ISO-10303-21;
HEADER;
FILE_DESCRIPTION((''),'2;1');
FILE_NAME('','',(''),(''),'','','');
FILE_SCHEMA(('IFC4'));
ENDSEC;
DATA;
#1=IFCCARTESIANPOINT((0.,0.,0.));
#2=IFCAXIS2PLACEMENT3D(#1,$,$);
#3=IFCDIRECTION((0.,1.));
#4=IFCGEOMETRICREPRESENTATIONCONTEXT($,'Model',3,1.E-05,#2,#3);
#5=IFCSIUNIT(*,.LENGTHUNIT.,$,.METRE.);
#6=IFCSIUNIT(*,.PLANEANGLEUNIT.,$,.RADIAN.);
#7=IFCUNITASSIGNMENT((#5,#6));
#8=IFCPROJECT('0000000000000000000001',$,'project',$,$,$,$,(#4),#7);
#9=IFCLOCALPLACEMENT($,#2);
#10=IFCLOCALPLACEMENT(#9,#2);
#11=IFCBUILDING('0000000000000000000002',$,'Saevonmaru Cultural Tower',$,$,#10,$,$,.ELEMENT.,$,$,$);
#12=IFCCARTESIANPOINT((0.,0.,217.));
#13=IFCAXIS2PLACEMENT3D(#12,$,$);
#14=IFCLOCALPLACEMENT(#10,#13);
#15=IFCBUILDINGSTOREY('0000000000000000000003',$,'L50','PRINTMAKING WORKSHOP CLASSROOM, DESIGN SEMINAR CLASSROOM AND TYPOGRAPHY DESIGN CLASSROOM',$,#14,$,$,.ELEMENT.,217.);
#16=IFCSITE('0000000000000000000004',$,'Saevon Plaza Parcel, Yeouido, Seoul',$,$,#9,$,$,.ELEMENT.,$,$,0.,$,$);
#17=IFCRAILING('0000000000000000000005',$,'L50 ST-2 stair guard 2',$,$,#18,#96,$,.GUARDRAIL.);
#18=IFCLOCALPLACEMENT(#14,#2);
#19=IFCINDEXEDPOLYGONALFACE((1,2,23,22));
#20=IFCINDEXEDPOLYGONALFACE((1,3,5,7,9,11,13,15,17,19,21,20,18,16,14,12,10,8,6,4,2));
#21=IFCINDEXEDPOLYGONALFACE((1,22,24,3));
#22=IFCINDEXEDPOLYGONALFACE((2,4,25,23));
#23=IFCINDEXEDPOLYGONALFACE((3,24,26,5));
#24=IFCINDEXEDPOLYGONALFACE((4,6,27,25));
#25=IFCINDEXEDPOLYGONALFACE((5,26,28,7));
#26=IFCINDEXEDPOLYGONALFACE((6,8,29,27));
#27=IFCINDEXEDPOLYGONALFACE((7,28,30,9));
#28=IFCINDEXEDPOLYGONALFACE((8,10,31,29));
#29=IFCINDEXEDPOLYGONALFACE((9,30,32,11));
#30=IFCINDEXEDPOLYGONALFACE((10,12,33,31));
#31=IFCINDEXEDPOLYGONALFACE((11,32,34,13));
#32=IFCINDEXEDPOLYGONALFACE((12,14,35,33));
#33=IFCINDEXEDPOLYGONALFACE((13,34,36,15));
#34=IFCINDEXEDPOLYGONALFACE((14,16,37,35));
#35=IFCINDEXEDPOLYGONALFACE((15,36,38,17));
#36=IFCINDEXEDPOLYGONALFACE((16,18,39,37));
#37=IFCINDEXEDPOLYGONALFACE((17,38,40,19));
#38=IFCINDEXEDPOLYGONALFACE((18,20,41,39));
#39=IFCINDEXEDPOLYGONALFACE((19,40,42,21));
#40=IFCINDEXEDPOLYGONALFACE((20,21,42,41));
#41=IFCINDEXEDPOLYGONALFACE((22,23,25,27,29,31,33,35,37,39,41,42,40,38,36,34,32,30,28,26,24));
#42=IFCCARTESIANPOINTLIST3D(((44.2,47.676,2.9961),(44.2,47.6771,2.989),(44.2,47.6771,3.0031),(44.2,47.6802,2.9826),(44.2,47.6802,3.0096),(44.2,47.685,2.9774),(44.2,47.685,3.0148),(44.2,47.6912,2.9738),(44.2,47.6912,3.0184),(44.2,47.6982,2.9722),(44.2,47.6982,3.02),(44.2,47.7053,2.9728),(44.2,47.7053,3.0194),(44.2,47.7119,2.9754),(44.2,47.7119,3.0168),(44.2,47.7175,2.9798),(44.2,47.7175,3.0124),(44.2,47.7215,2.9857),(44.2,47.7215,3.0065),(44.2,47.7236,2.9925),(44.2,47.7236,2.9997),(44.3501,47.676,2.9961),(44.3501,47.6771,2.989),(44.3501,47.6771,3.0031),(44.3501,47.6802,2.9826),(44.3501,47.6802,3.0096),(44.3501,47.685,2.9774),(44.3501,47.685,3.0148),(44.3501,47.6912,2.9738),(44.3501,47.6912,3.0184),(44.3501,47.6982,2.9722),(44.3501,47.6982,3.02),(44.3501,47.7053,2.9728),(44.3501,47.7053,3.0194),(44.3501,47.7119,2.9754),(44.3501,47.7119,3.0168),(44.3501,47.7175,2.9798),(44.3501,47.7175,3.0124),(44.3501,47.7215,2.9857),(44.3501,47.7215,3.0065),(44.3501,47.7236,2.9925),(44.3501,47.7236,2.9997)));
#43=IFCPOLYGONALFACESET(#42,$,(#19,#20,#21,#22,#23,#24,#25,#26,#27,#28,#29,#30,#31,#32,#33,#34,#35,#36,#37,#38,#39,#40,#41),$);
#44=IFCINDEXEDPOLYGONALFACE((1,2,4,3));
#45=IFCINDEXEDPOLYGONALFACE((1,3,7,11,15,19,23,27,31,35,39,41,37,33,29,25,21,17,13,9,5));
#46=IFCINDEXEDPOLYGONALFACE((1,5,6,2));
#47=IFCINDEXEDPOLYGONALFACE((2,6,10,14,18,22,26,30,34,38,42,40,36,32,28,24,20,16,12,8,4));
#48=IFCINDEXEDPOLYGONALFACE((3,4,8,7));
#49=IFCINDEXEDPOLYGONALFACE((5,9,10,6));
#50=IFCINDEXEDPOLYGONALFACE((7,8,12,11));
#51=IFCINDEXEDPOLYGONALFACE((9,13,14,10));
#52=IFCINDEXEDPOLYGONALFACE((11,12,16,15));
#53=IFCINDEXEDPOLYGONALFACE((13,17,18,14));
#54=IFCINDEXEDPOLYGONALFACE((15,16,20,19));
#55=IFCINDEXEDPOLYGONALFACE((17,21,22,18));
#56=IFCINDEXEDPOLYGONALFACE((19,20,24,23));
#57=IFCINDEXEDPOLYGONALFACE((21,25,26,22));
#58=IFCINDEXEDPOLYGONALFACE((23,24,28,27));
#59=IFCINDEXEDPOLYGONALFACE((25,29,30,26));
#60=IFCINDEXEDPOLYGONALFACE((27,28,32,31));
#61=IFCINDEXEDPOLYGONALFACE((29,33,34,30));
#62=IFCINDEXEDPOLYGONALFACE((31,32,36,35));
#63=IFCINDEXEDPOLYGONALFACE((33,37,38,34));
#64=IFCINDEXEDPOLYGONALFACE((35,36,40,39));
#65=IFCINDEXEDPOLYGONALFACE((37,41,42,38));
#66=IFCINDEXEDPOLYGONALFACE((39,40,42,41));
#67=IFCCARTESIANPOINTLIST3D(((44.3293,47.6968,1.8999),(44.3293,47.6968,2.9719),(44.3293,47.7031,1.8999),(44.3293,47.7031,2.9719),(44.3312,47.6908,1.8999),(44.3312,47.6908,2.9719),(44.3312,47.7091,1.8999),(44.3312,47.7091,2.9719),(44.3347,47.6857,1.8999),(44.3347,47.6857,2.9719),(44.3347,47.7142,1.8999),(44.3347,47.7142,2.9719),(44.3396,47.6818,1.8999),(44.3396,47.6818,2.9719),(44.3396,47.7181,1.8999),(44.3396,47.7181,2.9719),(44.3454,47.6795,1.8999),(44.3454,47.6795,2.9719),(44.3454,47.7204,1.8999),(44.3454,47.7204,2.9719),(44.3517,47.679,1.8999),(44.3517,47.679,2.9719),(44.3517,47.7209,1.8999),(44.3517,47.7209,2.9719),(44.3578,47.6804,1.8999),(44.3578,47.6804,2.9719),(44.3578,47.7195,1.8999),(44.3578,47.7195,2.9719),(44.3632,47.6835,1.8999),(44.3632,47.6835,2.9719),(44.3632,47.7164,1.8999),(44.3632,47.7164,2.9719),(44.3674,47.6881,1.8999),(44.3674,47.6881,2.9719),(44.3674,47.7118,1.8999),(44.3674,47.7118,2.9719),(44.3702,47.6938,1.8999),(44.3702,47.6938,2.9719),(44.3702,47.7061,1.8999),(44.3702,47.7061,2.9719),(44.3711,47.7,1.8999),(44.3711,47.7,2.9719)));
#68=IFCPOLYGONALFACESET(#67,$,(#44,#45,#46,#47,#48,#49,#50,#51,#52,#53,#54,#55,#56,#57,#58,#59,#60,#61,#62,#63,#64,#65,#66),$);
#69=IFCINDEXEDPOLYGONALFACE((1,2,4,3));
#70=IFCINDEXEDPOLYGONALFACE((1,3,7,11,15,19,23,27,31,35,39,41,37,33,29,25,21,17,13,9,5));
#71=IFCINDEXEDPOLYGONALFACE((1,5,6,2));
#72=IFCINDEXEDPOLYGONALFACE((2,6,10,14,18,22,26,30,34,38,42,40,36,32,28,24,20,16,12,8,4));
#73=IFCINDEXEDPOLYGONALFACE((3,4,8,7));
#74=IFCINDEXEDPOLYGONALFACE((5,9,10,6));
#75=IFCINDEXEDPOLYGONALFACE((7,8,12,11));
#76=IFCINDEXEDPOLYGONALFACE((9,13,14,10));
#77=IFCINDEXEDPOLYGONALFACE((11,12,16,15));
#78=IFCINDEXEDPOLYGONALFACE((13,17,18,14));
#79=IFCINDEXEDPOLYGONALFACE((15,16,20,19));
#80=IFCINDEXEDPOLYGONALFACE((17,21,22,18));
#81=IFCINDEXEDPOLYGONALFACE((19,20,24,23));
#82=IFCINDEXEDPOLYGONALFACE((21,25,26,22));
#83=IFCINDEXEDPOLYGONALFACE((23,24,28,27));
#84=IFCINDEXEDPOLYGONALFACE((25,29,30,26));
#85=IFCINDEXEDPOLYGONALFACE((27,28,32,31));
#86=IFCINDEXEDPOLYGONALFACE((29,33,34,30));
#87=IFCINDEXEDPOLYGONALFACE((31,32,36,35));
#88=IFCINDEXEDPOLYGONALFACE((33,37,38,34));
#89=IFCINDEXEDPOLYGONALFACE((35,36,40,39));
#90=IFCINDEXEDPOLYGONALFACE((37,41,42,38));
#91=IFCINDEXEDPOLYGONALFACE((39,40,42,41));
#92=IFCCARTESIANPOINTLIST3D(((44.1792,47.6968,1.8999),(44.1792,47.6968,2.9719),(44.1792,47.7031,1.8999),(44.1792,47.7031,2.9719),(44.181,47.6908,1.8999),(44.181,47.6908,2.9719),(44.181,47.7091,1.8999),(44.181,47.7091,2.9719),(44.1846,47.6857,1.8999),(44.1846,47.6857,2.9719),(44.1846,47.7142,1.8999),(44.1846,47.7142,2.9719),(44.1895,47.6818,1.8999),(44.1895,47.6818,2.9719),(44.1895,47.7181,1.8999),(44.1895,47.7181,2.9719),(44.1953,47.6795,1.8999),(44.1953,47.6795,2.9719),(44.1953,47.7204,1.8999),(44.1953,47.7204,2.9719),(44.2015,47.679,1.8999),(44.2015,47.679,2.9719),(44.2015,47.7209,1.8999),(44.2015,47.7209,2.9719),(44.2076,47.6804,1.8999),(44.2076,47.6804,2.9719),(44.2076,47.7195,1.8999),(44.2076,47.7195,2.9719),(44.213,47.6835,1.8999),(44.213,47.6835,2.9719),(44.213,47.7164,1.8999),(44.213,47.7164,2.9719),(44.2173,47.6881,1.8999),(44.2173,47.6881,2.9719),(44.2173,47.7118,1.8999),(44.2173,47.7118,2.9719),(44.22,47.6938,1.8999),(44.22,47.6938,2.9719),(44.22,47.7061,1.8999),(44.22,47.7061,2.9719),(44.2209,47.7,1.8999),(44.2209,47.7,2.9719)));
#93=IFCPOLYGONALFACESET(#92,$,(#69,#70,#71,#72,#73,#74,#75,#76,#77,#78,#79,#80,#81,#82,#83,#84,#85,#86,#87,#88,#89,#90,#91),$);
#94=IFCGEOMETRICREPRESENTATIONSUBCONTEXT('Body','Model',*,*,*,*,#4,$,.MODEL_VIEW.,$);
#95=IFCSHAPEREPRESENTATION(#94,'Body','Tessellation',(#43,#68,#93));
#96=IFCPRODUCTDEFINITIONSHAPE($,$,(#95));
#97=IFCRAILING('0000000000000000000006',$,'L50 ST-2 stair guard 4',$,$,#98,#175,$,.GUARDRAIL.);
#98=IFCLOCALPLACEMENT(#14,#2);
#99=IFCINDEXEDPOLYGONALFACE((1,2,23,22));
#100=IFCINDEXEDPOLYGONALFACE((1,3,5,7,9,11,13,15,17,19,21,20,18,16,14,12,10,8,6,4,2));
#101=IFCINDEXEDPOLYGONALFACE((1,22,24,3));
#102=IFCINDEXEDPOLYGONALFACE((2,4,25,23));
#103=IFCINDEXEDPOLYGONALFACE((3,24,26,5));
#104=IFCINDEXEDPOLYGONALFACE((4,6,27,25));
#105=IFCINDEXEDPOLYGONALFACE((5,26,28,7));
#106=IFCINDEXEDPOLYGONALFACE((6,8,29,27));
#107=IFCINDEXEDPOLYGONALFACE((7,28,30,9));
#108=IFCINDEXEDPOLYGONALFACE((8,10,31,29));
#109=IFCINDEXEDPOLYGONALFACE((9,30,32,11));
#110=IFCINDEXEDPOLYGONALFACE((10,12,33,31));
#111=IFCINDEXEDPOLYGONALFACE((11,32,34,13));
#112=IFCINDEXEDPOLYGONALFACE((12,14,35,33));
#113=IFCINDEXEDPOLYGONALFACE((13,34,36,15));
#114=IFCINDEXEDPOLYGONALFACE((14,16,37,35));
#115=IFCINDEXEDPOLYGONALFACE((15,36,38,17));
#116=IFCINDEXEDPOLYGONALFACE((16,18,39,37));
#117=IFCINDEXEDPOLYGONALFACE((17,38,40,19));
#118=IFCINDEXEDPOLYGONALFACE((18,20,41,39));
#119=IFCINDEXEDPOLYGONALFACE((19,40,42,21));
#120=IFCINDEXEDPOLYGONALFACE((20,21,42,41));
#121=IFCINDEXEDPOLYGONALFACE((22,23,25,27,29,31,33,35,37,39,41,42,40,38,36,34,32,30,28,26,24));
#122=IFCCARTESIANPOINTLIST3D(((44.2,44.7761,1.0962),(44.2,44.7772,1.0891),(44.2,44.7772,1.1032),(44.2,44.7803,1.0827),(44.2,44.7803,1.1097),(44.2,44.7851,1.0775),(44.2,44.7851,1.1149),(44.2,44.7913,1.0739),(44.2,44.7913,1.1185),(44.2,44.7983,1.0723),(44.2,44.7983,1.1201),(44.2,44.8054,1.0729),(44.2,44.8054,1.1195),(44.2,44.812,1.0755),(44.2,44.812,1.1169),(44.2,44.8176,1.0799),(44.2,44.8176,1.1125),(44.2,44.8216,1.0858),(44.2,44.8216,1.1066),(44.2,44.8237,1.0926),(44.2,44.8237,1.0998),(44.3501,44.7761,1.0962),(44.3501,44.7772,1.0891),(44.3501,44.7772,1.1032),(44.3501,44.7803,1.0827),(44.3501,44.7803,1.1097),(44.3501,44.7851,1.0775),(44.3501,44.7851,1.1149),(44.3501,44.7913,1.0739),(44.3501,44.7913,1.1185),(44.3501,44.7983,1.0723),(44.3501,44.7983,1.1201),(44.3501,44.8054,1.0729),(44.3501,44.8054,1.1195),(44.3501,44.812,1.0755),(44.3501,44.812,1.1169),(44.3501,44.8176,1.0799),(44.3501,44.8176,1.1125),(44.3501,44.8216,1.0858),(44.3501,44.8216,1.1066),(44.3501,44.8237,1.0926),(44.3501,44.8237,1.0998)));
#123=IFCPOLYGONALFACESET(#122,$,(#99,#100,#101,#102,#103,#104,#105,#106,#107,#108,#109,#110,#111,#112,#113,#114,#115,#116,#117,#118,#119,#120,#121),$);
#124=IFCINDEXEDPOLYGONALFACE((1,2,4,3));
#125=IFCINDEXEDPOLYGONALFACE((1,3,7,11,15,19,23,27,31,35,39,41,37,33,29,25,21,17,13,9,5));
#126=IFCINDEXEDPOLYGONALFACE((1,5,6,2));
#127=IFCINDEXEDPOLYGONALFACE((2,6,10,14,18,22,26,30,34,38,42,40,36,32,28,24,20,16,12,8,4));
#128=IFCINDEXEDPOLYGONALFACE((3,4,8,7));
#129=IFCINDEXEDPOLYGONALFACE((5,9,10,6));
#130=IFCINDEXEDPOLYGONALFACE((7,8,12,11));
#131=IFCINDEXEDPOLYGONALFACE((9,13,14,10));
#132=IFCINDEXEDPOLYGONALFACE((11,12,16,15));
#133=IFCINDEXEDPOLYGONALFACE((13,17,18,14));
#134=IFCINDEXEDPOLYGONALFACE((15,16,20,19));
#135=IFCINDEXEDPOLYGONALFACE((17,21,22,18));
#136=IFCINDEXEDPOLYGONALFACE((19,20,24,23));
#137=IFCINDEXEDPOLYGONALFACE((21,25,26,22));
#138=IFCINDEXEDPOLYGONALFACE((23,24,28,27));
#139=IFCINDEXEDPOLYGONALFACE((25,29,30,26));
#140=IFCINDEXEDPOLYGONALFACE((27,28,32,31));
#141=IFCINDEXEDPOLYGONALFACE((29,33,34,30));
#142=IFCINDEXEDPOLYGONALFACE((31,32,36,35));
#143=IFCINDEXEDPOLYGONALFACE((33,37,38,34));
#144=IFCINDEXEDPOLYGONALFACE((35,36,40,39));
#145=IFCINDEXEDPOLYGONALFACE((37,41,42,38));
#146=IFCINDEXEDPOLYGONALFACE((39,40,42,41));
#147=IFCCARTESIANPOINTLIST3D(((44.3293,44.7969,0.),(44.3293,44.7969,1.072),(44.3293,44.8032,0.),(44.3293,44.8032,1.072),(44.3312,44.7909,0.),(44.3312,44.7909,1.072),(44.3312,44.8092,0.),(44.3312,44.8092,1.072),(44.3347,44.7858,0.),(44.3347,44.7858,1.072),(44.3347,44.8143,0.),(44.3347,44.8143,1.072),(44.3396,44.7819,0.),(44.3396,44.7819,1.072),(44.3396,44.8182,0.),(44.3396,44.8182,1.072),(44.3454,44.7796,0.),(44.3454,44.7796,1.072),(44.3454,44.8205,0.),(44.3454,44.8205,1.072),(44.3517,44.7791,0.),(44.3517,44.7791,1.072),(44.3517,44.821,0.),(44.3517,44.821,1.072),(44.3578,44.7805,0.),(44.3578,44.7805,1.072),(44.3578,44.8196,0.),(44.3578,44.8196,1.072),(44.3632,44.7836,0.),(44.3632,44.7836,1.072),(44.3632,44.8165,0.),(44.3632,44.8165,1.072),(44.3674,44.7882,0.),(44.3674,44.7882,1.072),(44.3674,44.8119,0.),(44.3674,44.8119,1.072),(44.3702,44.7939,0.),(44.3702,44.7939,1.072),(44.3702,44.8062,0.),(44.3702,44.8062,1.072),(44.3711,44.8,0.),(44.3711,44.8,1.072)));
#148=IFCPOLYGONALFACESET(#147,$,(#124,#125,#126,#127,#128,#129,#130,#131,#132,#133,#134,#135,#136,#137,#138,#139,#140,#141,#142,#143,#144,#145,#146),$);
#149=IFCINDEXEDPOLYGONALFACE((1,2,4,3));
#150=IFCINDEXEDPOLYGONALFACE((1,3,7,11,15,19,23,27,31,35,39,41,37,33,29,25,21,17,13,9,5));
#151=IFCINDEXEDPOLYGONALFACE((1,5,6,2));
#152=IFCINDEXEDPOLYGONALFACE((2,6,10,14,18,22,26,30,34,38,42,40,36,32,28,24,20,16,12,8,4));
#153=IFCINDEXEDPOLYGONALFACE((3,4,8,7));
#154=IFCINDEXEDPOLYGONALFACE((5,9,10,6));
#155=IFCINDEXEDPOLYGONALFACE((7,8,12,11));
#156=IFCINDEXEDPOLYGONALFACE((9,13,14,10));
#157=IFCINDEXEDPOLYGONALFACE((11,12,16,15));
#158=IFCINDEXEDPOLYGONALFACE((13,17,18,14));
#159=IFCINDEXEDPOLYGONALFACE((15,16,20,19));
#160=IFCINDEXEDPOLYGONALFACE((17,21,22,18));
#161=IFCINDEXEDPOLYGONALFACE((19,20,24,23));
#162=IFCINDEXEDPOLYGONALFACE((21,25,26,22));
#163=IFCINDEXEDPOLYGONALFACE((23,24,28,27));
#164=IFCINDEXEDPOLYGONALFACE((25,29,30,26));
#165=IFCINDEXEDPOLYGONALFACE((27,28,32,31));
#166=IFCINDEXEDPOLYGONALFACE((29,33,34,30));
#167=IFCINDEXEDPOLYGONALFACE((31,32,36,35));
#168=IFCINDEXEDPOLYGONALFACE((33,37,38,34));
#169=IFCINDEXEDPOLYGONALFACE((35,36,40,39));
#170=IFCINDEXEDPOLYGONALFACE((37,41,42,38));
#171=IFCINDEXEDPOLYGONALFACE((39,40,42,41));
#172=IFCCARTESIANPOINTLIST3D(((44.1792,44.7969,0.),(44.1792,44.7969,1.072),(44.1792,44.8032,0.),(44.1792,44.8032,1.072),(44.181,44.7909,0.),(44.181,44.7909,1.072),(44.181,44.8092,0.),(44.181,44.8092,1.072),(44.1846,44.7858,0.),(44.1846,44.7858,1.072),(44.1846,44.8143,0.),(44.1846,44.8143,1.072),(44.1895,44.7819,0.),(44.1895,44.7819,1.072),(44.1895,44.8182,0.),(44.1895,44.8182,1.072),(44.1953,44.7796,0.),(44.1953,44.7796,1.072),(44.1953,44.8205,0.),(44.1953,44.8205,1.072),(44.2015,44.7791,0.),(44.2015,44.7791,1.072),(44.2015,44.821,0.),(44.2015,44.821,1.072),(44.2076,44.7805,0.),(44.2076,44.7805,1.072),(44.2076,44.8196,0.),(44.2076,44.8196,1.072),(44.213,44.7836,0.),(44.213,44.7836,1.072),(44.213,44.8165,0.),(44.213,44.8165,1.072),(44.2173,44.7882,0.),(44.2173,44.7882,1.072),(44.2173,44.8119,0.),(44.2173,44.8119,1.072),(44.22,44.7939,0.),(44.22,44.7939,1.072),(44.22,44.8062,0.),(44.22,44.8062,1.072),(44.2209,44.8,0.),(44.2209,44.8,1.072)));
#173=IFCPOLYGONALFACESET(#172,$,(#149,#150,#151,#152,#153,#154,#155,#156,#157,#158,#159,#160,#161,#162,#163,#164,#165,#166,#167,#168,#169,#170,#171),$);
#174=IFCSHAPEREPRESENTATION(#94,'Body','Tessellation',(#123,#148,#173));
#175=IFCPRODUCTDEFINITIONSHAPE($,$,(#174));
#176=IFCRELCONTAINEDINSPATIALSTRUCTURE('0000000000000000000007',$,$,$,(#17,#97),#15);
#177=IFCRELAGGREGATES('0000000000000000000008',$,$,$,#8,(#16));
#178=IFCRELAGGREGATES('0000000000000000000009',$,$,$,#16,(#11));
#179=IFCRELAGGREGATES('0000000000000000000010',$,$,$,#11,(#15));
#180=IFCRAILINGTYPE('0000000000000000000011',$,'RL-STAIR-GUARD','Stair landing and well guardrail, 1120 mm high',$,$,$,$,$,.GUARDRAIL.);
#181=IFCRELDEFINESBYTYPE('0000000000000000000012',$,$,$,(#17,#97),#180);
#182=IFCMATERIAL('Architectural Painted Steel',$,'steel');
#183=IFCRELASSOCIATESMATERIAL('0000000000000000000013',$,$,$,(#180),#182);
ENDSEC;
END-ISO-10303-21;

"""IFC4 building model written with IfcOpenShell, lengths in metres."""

from ifc_helpers import new_model, si_unit, direction, frame, origin, origin_2d, place, context, subcontext, project, spatial, circle, extrude, material, type_object, element, save


model = new_model("IFC4")

# Units and contexts
model_context = context("Model", 3, precision=1e-05, world=origin(), true_north=direction((0.0, 1.0)))
body_context = subcontext(model_context, "Body", "Model", "MODEL_VIEW")
ifc_project = project(units=[si_unit("LENGTHUNIT", "METRE"), si_unit("PLANEANGLEUNIT", "RADIAN")], contexts=[model_context])

# Site, building, storey
site_placement = place(None, origin())
site = spatial("IfcSite", under=ifc_project, at=site_placement, Name="Saevon Plaza Parcel, Yeouido, Seoul", CompositionType="ELEMENT", RefElevation=0.0)
building_placement = place(site_placement, origin())
building = spatial("IfcBuilding", under=site, at=building_placement, Name="Saevonmaru Cultural Tower", CompositionType="ELEMENT")
storey_placement = place(building_placement, frame((0.0, 0.0, 217.0)))
storey = spatial("IfcBuildingStorey", under=building, at=storey_placement, Name="L50", Description="PRINTMAKING WORKSHOP CLASSROOM, DESIGN SEMINAR CLASSROOM AND TYPOGRAPHY DESIGN CLASSROOM", CompositionType="ELEMENT", Elevation=217.0)

# Railings
ifc_material_1 = material(Name="Architectural Painted Steel", Category="steel")
railing_type_1 = type_object("IfcRailingType", Name="RL-STAIR-GUARD", Description="Stair landing and well guardrail, 1120 mm high", PredefinedType="GUARDRAIL", material=ifc_material_1)
for number, where, name in (
    (1, (44.3501, 47.7, 1.8999), "L50 ST-2 stair guard 2"),
    (2, (44.3501, 44.8, 0.0), "L50 ST-2 stair guard 4"),
):
    element("IfcRailing", number, at=place(storey_placement, frame(where)), inside=storey, type_object=railing_type_1, Name=name, PredefinedType="GUARDRAIL", context=body_context, shape_type="SweptSolid", body=[
        extrude(circle(Radius=0.0239, at=origin_2d()), frame((0.0, 0.0, 1.0962), z_axis=(-1.0, 0.0, 0.0), x_axis=(0.0, -1.0, 0.0)), (0.0, 0.0, 1.0), 0.1501),
        extrude(circle(Radius=0.021, at=origin_2d()), origin(), (0.0, 0.0, 1.0), 1.072),
        extrude(circle(Radius=0.021, at=origin_2d()), frame((-0.1501, 0.0, 0.0)), (0.0, 0.0, 1.0), 1.072),
    ])

save(model, "model.ifc")
